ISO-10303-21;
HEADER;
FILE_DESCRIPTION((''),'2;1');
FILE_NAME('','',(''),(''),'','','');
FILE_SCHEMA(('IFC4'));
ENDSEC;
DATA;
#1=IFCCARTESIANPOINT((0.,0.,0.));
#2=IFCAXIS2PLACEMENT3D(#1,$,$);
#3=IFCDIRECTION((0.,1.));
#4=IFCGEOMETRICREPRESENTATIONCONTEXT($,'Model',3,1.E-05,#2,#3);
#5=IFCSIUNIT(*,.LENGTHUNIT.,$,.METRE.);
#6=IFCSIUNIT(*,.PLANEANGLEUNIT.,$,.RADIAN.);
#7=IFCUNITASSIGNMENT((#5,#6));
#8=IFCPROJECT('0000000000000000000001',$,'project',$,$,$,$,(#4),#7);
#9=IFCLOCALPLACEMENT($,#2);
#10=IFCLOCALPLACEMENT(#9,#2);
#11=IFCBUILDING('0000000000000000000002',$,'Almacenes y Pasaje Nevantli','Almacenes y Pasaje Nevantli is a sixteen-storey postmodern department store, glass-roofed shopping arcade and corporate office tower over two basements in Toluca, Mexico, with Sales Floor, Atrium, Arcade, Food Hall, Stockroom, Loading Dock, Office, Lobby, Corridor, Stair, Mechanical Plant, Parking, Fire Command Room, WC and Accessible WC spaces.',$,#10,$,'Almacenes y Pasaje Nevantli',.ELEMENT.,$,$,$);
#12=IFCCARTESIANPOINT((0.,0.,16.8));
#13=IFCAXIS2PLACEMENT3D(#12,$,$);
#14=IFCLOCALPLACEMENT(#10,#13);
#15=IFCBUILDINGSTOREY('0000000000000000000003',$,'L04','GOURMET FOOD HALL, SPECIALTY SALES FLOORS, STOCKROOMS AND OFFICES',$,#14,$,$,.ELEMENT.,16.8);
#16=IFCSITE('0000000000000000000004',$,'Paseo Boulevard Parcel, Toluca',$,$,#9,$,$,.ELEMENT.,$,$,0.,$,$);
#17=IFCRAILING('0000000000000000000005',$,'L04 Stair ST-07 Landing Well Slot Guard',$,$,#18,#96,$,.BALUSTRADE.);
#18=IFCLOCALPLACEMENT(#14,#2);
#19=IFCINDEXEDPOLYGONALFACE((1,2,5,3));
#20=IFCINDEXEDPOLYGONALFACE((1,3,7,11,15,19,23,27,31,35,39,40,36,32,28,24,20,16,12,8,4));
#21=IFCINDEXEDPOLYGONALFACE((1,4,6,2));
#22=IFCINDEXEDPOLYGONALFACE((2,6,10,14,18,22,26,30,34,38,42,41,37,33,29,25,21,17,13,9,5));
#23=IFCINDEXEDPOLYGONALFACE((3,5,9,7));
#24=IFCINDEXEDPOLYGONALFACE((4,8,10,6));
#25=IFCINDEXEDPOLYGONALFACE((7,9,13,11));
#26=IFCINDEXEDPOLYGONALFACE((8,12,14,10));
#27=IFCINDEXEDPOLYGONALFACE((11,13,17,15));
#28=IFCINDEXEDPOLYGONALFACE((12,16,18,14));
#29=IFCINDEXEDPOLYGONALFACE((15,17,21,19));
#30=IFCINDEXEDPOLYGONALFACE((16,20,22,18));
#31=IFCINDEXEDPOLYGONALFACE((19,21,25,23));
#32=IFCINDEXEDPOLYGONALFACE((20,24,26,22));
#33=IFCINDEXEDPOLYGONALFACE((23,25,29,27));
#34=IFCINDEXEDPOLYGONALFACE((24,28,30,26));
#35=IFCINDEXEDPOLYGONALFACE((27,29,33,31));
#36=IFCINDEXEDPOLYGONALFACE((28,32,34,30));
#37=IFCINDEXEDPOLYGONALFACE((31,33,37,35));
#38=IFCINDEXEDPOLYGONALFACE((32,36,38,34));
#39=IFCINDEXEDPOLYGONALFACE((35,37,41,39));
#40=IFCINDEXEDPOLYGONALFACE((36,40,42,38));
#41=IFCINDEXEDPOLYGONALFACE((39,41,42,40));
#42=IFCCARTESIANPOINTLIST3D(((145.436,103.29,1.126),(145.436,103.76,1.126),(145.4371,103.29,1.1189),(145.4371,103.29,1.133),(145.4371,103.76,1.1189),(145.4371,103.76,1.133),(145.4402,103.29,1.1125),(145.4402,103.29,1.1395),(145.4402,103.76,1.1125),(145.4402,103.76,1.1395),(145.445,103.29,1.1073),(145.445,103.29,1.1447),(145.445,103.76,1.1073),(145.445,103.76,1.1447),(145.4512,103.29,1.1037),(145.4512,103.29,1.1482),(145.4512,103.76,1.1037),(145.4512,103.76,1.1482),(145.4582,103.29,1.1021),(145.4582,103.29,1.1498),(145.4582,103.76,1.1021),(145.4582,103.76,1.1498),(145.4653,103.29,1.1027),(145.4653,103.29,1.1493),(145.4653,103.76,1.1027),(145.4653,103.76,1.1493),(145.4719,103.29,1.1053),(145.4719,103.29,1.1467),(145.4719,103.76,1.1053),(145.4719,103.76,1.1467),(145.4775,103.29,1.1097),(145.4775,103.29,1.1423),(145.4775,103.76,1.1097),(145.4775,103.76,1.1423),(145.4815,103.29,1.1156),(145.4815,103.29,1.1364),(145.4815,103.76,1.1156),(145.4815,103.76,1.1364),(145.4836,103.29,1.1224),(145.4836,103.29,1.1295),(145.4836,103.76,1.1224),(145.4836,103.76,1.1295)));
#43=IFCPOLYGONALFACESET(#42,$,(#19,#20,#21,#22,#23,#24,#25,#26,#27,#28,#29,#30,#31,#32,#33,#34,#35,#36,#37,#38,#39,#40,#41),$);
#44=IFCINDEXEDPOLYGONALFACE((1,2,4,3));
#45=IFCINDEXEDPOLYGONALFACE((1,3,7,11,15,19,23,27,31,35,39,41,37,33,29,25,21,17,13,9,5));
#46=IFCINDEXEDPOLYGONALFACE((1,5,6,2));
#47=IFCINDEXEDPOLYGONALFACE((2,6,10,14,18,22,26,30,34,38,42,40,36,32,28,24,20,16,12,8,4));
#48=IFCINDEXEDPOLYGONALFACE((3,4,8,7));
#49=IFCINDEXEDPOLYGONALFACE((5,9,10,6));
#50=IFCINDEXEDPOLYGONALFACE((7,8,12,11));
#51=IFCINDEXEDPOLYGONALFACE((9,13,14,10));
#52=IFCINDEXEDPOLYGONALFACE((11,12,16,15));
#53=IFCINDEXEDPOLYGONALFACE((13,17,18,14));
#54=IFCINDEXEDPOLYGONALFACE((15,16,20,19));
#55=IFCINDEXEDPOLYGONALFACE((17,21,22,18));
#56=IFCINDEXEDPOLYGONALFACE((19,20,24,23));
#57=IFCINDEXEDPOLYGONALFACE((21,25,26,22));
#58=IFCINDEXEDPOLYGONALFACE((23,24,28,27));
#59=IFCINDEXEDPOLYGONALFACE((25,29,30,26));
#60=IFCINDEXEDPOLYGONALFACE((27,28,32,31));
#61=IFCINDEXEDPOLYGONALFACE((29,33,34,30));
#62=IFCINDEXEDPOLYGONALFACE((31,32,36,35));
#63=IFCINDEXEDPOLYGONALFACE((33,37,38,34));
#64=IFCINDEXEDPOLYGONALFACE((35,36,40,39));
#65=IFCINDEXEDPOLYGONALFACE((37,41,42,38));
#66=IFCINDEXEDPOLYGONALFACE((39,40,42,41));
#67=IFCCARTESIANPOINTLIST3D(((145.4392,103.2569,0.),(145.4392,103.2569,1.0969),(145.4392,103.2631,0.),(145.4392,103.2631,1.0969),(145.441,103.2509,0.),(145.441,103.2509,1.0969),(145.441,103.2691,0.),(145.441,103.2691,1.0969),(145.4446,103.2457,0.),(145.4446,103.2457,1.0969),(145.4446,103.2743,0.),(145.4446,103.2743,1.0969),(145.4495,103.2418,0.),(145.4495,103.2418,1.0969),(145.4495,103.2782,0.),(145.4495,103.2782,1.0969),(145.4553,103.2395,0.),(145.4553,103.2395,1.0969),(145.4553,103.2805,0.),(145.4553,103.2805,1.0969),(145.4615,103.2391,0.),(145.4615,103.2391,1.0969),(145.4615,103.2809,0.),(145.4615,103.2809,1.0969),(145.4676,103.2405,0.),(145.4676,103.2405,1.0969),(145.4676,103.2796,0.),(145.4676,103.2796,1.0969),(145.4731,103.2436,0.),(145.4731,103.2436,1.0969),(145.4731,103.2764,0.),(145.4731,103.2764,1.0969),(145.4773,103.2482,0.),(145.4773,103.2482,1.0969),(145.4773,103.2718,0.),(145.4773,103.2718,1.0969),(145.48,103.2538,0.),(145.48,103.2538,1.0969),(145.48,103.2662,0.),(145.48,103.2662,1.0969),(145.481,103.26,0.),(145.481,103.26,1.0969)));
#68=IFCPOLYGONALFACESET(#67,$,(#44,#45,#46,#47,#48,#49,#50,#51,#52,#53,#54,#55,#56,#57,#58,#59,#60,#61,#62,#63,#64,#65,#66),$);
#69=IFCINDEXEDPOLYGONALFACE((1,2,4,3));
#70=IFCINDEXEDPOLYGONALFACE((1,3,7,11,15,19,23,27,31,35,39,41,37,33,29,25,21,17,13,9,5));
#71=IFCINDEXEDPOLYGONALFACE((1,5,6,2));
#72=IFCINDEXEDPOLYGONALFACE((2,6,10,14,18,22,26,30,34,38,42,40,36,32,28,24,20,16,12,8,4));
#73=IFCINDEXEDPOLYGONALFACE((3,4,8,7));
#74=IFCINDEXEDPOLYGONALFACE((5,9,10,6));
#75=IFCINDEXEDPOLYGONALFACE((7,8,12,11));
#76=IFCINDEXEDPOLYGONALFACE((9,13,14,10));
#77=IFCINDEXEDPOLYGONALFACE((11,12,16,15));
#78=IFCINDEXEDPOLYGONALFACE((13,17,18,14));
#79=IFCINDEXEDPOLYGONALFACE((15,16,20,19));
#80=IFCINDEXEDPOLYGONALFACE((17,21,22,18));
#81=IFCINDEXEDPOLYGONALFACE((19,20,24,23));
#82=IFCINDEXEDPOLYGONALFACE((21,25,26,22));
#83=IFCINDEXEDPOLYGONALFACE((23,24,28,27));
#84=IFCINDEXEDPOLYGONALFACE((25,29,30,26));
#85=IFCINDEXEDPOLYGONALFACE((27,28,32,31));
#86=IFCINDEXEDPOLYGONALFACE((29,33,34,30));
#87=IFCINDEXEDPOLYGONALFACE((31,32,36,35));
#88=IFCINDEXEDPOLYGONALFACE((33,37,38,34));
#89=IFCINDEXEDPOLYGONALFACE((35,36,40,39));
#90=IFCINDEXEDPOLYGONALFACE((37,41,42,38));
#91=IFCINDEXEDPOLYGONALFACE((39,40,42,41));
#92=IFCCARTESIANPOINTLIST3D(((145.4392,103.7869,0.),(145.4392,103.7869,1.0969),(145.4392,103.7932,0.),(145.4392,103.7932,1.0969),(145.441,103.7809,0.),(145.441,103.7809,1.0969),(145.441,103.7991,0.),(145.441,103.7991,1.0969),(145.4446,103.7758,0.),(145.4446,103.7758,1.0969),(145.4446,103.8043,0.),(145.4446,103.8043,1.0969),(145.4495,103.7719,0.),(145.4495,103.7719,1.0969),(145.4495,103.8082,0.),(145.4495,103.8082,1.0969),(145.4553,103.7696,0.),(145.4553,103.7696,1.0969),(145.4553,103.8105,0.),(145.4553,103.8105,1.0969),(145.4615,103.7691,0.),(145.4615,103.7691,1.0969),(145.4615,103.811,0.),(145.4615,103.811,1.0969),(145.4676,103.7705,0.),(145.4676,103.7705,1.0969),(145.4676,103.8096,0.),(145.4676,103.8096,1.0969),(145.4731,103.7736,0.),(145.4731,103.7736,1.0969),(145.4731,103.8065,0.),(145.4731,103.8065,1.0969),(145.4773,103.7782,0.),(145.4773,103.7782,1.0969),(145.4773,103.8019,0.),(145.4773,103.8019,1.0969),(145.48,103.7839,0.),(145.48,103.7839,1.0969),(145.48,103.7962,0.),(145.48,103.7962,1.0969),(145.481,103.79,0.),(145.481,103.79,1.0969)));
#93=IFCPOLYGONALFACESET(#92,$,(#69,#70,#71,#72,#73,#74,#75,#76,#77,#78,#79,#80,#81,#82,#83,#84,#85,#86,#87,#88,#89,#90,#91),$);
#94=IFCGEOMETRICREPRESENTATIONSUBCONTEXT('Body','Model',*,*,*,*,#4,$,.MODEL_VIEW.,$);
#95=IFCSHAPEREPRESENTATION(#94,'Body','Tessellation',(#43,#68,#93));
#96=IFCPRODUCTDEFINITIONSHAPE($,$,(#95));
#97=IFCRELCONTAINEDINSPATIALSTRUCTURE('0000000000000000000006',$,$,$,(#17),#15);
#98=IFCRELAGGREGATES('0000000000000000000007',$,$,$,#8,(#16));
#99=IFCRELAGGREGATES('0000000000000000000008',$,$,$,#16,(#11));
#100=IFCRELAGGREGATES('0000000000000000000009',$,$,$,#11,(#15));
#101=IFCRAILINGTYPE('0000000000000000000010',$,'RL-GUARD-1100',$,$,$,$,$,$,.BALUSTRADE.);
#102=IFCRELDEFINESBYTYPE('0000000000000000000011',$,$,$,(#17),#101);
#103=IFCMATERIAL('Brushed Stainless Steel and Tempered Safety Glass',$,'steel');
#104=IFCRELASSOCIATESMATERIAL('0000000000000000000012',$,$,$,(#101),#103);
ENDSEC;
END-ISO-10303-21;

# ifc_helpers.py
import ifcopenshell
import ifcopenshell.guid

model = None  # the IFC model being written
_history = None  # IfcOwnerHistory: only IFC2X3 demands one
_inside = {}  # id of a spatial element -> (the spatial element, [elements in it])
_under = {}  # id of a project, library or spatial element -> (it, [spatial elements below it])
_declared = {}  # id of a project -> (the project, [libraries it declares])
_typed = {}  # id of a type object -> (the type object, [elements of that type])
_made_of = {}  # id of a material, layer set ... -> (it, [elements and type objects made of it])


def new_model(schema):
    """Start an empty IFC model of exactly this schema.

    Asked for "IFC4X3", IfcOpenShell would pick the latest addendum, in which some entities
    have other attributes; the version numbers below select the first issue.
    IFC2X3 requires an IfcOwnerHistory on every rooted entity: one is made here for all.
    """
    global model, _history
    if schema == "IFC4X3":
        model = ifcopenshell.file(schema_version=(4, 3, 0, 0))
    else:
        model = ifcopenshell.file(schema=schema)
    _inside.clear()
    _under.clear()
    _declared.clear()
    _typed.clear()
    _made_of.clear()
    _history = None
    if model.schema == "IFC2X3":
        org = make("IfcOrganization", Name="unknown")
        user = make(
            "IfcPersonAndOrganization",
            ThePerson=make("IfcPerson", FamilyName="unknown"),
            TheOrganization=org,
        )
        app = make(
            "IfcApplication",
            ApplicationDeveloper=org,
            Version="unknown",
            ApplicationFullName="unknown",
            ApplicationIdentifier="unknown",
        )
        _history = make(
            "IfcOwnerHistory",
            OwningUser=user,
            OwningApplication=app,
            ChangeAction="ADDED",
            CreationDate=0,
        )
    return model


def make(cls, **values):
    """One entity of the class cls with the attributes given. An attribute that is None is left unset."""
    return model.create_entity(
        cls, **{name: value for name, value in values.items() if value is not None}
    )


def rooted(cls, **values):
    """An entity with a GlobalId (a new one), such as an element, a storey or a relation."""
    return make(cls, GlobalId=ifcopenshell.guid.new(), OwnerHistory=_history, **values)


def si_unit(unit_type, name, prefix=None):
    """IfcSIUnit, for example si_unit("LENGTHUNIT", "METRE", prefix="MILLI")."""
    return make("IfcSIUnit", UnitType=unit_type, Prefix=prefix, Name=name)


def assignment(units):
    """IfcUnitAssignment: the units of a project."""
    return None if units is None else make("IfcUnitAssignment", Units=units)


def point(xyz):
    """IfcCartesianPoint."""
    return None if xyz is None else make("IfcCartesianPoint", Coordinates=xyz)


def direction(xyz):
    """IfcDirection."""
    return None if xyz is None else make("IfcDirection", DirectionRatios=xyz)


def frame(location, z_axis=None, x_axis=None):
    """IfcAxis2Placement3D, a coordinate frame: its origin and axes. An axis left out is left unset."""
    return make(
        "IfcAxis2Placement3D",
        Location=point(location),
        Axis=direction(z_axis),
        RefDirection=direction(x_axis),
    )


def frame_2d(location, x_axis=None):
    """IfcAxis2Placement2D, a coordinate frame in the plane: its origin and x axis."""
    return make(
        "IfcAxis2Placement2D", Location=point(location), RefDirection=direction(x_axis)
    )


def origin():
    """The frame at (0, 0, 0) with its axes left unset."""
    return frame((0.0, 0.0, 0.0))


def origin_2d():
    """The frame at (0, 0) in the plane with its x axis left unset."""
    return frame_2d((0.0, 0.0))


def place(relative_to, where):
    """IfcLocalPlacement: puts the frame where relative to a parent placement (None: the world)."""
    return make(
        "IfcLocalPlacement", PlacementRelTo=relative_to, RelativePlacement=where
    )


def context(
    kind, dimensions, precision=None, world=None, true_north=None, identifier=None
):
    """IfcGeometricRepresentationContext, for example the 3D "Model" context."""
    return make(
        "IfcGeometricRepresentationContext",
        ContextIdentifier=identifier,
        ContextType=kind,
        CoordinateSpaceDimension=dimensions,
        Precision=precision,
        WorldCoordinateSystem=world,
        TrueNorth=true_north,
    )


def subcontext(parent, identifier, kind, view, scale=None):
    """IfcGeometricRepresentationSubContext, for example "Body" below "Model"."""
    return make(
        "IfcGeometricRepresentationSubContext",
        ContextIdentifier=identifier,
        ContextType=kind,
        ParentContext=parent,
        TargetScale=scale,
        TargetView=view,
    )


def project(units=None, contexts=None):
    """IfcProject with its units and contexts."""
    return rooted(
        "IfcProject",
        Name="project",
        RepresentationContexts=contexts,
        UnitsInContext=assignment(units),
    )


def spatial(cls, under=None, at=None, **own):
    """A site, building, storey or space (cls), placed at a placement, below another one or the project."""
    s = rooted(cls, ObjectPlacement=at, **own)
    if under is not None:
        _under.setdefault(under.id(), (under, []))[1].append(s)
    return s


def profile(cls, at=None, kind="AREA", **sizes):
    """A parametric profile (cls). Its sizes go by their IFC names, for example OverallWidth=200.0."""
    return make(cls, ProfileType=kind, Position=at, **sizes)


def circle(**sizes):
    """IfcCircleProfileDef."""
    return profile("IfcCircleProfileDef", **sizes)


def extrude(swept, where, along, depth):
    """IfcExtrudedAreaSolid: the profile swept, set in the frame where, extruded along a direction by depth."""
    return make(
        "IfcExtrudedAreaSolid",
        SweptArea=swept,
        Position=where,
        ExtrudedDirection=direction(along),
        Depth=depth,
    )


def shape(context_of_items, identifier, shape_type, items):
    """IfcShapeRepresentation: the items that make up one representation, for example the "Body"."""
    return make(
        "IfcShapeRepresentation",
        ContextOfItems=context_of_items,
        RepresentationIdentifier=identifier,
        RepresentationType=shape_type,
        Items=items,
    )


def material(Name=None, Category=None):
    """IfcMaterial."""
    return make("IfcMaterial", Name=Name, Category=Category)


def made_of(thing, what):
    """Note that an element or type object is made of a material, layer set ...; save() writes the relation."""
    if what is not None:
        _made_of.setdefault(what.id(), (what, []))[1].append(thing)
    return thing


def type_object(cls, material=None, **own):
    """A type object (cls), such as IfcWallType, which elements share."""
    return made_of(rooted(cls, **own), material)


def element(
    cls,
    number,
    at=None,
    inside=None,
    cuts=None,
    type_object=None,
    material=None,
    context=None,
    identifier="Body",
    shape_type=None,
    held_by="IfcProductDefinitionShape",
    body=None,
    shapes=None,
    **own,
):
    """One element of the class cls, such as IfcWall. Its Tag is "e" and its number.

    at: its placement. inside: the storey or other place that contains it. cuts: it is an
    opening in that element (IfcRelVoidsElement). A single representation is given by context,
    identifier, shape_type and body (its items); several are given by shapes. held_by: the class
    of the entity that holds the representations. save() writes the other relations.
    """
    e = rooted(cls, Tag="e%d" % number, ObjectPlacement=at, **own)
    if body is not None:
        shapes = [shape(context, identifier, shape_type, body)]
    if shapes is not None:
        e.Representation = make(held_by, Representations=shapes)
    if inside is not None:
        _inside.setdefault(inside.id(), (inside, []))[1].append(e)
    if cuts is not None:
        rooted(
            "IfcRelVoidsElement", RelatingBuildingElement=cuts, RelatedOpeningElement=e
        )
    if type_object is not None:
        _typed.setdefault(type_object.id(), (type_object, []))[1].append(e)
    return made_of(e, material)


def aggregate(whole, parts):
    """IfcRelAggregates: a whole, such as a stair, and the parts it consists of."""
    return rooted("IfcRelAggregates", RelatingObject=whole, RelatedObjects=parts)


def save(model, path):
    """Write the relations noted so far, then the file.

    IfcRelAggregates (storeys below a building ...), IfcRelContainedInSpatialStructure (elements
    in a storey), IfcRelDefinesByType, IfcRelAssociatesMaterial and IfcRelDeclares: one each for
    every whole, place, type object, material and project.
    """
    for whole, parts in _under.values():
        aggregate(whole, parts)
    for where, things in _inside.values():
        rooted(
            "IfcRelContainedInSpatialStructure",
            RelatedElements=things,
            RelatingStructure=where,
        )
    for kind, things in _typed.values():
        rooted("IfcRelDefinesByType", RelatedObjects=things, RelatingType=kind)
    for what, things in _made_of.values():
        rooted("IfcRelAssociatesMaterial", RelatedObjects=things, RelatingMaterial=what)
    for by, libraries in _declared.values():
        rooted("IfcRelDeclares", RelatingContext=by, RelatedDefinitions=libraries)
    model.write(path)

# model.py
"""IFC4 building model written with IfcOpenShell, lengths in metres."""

from ifc_helpers import new_model, si_unit, direction, frame, origin, origin_2d, place, context, subcontext, project, spatial, circle, extrude, material, type_object, element, save


model = new_model("IFC4")

# Units and contexts
model_context = context("Model", 3, precision=1e-05, world=origin(), true_north=direction((0.0, 1.0)))
body_context = subcontext(model_context, "Body", "Model", "MODEL_VIEW")
ifc_project = project(units=[si_unit("LENGTHUNIT", "METRE"), si_unit("PLANEANGLEUNIT", "RADIAN")], contexts=[model_context])

# Site, building, storey
site_placement = place(None, origin())
site = spatial("IfcSite", under=ifc_project, at=site_placement, Name="Paseo Boulevard Parcel, Toluca", CompositionType="ELEMENT", RefElevation=0.0)
building_placement = place(site_placement, origin())
building = spatial("IfcBuilding", under=site, at=building_placement, Name="Almacenes y Pasaje Nevantli", Description="Almacenes y Pasaje Nevantli is a sixteen-storey postmodern department store, glass-roofed shopping arcade and corporate office tower over two basements in Toluca, Mexico, with Sales Floor, Atrium, Arcade, Food Hall, Stockroom, Loading Dock, Office, Lobby, Corridor, Stair, Mechanical Plant, Parking, Fire Command Room, WC and Accessible WC spaces.", LongName="Almacenes y Pasaje Nevantli", CompositionType="ELEMENT")
storey_placement = place(building_placement, frame((0.0, 0.0, 16.8)))
storey = spatial("IfcBuildingStorey", under=building, at=storey_placement, Name="L04", Description="GOURMET FOOD HALL, SPECIALTY SALES FLOORS, STOCKROOMS AND OFFICES", CompositionType="ELEMENT", Elevation=16.8)

# Railing
ifc_material_1 = material(Name="Brushed Stainless Steel and Tempered Safety Glass", Category="steel")
railing_type_1 = type_object("IfcRailingType", Name="RL-GUARD-1100", PredefinedType="BALUSTRADE", material=ifc_material_1)
railing_1_placement = place(storey_placement, frame((145.46, 103.26, 0.0)))
element("IfcRailing", 1, at=railing_1_placement, inside=storey, type_object=railing_type_1, Name="L04 Stair ST-07 Landing Well Slot Guard", PredefinedType="BALUSTRADE", context=body_context, shape_type="SweptSolid", body=[
    extrude(circle(Radius=0.0239, at=origin_2d()), frame((0.0, 0.03, 1.126), z_axis=(0.0, 1.0, 0.0), x_axis=(-1.0, 0.0, 0.0)), (0.0, 0.0, 1.0), 0.47),
    extrude(circle(Radius=0.021, at=origin_2d()), origin(), (0.0, 0.0, 1.0), 1.0969),
    extrude(circle(Radius=0.021, at=origin_2d()), frame((0.0, 0.53, 0.0)), (0.0, 0.0, 1.0), 1.0969),
])

save(model, "model.ifc")
